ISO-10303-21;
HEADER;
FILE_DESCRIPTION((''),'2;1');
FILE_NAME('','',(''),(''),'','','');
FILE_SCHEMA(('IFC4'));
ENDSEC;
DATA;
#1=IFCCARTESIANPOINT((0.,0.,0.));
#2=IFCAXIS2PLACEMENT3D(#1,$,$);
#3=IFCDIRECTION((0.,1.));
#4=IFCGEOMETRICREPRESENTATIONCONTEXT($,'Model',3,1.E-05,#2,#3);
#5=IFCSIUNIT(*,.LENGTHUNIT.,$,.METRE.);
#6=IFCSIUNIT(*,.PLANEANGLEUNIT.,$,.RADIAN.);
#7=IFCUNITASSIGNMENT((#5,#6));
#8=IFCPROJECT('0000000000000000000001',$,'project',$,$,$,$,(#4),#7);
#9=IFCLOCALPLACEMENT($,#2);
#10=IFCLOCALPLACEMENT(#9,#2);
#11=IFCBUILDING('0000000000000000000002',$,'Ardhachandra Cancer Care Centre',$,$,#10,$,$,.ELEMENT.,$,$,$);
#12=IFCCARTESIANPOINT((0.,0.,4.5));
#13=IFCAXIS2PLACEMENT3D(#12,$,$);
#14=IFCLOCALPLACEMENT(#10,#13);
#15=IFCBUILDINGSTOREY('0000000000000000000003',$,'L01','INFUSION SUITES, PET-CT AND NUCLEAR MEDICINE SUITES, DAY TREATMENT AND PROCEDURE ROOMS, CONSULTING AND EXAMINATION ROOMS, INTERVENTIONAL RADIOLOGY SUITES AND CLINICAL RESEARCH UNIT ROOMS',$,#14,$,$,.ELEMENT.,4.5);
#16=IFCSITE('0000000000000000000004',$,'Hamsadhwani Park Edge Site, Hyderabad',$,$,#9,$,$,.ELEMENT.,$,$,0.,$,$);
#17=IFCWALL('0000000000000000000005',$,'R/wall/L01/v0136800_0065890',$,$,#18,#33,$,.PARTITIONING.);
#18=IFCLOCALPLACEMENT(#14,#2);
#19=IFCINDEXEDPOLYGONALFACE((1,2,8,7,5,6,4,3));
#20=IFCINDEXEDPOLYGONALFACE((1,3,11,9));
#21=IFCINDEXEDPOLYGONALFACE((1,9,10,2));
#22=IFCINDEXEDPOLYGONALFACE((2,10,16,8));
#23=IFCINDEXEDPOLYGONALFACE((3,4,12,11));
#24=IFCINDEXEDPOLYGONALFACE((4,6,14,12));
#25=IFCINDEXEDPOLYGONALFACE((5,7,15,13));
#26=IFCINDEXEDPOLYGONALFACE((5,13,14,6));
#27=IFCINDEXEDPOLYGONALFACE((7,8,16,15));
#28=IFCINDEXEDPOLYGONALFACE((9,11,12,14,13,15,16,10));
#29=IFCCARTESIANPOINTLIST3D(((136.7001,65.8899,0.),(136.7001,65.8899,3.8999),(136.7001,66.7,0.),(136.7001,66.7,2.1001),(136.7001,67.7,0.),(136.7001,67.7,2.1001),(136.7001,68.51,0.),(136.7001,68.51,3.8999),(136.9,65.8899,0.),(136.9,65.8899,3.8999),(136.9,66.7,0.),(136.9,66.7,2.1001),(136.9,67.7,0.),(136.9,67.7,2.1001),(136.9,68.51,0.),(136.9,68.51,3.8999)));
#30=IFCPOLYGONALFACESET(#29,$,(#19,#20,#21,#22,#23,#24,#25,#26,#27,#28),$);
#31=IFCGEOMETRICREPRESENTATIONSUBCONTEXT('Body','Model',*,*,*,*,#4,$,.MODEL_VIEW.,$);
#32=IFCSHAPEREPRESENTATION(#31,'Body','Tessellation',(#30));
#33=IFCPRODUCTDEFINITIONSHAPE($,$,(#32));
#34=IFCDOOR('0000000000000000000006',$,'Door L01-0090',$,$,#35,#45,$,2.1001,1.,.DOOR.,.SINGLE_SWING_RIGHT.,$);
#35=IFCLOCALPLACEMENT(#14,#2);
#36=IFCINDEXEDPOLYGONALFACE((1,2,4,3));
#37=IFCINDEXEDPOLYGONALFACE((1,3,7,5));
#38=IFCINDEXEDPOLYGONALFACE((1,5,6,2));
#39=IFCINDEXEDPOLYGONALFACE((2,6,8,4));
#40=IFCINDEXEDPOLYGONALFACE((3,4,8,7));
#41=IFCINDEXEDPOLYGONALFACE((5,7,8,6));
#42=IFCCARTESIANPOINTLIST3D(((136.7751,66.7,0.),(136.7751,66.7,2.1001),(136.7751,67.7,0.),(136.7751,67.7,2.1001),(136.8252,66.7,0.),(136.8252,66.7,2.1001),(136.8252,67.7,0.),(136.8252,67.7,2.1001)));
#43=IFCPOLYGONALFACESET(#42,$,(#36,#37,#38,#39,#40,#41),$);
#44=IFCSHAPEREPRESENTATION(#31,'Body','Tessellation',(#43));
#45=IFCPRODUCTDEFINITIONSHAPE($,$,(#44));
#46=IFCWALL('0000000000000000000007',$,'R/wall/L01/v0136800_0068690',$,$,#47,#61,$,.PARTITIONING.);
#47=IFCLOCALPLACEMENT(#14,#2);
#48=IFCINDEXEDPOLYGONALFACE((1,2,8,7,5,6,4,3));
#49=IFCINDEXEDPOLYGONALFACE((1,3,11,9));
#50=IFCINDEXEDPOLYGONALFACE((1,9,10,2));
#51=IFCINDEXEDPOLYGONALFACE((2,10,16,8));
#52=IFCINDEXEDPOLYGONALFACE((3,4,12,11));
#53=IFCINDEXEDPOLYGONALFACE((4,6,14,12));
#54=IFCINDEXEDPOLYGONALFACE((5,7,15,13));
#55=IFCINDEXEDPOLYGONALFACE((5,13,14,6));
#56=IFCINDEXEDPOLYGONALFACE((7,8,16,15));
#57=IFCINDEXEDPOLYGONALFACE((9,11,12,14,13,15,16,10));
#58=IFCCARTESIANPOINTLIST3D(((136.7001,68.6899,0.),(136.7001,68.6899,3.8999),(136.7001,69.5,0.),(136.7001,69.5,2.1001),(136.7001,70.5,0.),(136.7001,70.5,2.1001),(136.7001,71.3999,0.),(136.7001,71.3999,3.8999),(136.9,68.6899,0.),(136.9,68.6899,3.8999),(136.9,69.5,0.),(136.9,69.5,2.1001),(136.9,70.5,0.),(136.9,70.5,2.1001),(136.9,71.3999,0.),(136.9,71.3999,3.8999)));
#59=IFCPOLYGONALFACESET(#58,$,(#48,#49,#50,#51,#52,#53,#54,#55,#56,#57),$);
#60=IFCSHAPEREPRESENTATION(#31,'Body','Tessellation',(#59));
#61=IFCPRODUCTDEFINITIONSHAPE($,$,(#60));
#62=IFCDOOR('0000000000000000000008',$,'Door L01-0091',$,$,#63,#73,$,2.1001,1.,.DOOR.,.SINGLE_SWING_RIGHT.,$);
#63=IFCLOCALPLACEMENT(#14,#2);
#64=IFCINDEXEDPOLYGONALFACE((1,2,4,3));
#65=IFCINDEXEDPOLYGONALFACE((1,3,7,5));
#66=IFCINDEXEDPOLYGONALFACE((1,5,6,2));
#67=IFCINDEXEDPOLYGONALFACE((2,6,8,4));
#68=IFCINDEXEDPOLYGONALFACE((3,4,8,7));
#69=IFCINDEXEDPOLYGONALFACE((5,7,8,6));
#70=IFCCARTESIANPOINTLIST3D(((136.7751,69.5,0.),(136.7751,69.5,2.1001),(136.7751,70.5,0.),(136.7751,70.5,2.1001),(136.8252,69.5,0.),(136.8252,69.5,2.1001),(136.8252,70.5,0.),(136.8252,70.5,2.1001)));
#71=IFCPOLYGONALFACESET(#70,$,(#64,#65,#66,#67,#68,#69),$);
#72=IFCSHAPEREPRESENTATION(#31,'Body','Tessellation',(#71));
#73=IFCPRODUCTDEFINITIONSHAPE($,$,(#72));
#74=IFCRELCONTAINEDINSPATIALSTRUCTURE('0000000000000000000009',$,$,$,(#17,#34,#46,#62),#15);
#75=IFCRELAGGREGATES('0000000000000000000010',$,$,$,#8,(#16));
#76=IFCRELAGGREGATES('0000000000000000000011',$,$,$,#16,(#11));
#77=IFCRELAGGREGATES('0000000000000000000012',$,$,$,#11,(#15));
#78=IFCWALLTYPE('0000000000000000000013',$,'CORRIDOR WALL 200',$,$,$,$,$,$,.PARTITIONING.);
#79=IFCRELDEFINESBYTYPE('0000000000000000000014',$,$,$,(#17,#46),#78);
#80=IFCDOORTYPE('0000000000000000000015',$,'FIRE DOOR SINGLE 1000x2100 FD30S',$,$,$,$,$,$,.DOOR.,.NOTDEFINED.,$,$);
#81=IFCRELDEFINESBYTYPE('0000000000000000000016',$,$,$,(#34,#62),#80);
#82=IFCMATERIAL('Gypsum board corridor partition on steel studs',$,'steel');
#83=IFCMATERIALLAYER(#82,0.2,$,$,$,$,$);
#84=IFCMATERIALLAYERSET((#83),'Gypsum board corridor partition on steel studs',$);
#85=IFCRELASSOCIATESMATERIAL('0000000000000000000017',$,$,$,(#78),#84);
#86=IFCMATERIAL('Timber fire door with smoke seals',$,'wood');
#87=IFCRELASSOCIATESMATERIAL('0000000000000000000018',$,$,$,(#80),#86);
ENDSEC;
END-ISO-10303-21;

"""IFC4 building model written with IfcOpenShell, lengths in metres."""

from ifc_helpers import new_model, si_unit, direction, frame, frame_2d, origin, place, context, subcontext, project, spatial, rectangle, extrude, material, layer, layer_set, type_object, element, fill, save


model = new_model("IFC4")

# Units and contexts
model_context = context("Model", 3, precision=1e-05, world=origin(), true_north=direction((0.0, 1.0)))
body_context = subcontext(model_context, "Body", "Model", "MODEL_VIEW")
ifc_project = project(units=[si_unit("LENGTHUNIT", "METRE"), si_unit("PLANEANGLEUNIT", "RADIAN")], contexts=[model_context])

# Site, building, storey
site_placement = place(None, origin())
site = spatial("IfcSite", under=ifc_project, at=site_placement, Name="Hamsadhwani Park Edge Site, Hyderabad", CompositionType="ELEMENT", RefElevation=0.0)
building_placement = place(site_placement, origin())
building = spatial("IfcBuilding", under=site, at=building_placement, Name="Ardhachandra Cancer Care Centre", CompositionType="ELEMENT")
storey_placement = place(building_placement, frame((0.0, 0.0, 4.5)))
storey = spatial("IfcBuildingStorey", under=building, at=storey_placement, Name="L01", Description="INFUSION SUITES, PET-CT AND NUCLEAR MEDICINE SUITES, DAY TREATMENT AND PROCEDURE ROOMS, CONSULTING AND EXAMINATION ROOMS, INTERVENTIONAL RADIOLOGY SUITES AND CLINICAL RESEARCH UNIT ROOMS", CompositionType="ELEMENT", Elevation=4.5)

# Shared definitions
ifc_material_1 = material(Name="Gypsum board corridor partition on steel studs", Category="steel")
ifc_layer_1 = layer(ifc_material_1, 0.2)
ifc_layer_set_1 = layer_set([ifc_layer_1], Name="Gypsum board corridor partition on steel studs")
wall_type_1 = type_object("IfcWallType", Name="CORRIDOR WALL 200", PredefinedType="PARTITIONING", material=ifc_layer_set_1)
ifc_material_2 = material(Name="Timber fire door with smoke seals", Category="wood")
door_type = type_object("IfcDoorType", Name="FIRE DOOR SINGLE 1000x2100 FD30S", OperationType="NOTDEFINED", PredefinedType="DOOR", material=ifc_material_2)

# Walls, openings, doors
wall_1_placement = place(storey_placement, frame((136.8, 65.8899, 0.0), z_axis=(0.0, 0.0, 1.0), x_axis=(0.0, 1.0, 0.0)))
wall_1 = element("IfcWall", 1, at=wall_1_placement, inside=storey, type_object=wall_type_1, Name="R/wall/L01/v0136800_0065890", PredefinedType="PARTITIONING", context=body_context, shape_type="SweptSolid", body=[
    extrude(rectangle(XDim=2.6201, YDim=0.2, at=frame_2d((1.3101, 0.0))), origin(), (0.0, 0.0, 1.0), 3.8999),
])
opening_1_placement = place(wall_1_placement, frame((0.8101, 0.0, 0.0)))
opening_1 = element("IfcOpeningElement", 2, at=opening_1_placement, cuts=wall_1, PredefinedType="OPENING", context=body_context, shape_type="SweptSolid", body=[
    extrude(rectangle(XDim=1.0, YDim=2.1001, at=frame_2d((0.5, 1.05))), frame((0.0, 0.1099, 0.0), z_axis=(0.0, -1.0, 0.0), x_axis=(1.0, 0.0, 0.0)), (0.0, 0.0, 1.0), 0.22),
])
door_1_placement = place(opening_1_placement, origin())
door_1 = element("IfcDoor", 3, at=door_1_placement, inside=storey, type_object=door_type, Name="Door L01-0090", OperationType="SINGLE_SWING_RIGHT", OverallHeight=2.1001, OverallWidth=1.0, PredefinedType="DOOR", context=body_context, shape_type="SweptSolid", body=[
    extrude(rectangle(XDim=1.0, YDim=2.1001, at=frame_2d((0.5, 1.05))), frame((0.0, 0.0249, 0.0), z_axis=(0.0, -1.0, 0.0), x_axis=(1.0, 0.0, 0.0)), (0.0, 0.0, 1.0), 0.05),
])
fill(opening_1, door_1)
wall_2_placement = place(storey_placement, frame((136.8, 68.6899, 0.0), z_axis=(0.0, 0.0, 1.0), x_axis=(0.0, 1.0, 0.0)))
wall_2 = element("IfcWall", 4, at=wall_2_placement, inside=storey, type_object=wall_type_1, Name="R/wall/L01/v0136800_0068690", PredefinedType="PARTITIONING", context=body_context, shape_type="SweptSolid", body=[
    extrude(rectangle(XDim=2.71, YDim=0.2, at=frame_2d((1.355, 0.0))), origin(), (0.0, 0.0, 1.0), 3.8999),
])
opening_2_placement = place(wall_2_placement, frame((0.8101, 0.0, 0.0)))
opening_2 = element("IfcOpeningElement", 5, at=opening_2_placement, cuts=wall_2, PredefinedType="OPENING", context=body_context, shape_type="SweptSolid", body=[
    extrude(rectangle(XDim=1.0, YDim=2.1001, at=frame_2d((0.5, 1.05))), frame((0.0, 0.1099, 0.0), z_axis=(0.0, -1.0, 0.0), x_axis=(1.0, 0.0, 0.0)), (0.0, 0.0, 1.0), 0.22),
])
door_2_placement = place(opening_2_placement, origin())
door_2 = element("IfcDoor", 6, at=door_2_placement, inside=storey, type_object=door_type, Name="Door L01-0091", OperationType="SINGLE_SWING_RIGHT", OverallHeight=2.1001, OverallWidth=1.0, PredefinedType="DOOR", context=body_context, shape_type="SweptSolid", body=[
    extrude(rectangle(XDim=1.0, YDim=2.1001, at=frame_2d((0.5, 1.05))), frame((0.0, 0.0249, 0.0), z_axis=(0.0, -1.0, 0.0), x_axis=(1.0, 0.0, 0.0)), (0.0, 0.0, 1.0), 0.05),
])
fill(opening_2, door_2)

save(model, "model.ifc")
